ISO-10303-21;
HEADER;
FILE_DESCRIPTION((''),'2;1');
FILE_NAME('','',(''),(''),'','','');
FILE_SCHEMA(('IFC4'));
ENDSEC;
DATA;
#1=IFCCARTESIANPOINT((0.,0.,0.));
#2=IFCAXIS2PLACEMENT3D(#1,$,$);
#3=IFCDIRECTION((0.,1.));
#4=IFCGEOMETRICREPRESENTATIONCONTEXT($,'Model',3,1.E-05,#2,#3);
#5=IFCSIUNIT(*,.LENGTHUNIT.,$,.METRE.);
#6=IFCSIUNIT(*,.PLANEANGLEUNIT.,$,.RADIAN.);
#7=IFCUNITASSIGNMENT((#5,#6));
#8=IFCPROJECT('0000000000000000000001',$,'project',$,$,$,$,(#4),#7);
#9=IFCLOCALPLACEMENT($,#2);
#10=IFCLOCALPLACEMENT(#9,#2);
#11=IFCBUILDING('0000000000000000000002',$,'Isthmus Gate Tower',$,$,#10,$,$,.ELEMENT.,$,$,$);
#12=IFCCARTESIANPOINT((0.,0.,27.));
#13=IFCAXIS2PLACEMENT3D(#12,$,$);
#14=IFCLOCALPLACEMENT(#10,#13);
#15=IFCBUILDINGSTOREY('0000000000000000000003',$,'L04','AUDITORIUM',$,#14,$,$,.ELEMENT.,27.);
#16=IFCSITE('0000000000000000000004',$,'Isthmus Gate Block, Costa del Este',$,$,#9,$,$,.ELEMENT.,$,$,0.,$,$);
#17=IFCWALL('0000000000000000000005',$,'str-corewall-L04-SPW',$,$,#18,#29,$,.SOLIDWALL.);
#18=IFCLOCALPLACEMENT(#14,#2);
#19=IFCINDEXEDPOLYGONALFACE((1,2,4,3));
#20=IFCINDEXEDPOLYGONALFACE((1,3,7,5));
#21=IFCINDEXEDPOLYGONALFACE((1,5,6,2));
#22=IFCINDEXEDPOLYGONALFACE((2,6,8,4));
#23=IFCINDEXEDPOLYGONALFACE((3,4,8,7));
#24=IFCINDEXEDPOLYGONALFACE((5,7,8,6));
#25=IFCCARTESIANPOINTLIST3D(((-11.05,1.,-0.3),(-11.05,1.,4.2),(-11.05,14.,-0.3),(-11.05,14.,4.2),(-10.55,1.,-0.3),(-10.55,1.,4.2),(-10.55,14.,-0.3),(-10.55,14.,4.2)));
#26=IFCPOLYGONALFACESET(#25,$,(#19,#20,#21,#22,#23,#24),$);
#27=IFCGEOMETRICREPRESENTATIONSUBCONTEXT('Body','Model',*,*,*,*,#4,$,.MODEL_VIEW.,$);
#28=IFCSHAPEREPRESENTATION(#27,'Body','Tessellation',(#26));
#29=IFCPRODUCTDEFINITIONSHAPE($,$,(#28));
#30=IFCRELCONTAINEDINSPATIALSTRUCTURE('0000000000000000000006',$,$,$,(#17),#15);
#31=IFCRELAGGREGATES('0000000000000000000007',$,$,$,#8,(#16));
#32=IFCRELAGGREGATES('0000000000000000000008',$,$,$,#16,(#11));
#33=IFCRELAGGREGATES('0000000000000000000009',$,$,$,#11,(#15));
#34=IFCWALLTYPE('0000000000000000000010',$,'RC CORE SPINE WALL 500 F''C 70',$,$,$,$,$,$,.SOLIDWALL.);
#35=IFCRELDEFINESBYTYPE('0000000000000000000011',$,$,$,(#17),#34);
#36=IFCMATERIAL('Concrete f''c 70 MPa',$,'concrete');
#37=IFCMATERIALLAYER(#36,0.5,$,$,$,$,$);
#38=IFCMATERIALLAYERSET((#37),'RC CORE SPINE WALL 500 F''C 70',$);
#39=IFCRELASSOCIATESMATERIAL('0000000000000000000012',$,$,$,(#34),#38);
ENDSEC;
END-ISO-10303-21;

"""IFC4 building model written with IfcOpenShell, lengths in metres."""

from ifc_helpers import new_model, si_unit, direction, frame, frame_2d, origin, place, context, subcontext, project, spatial, rectangle, extrude, material, layer, layer_set, type_object, element, save


model = new_model("IFC4")

# Units and contexts
model_context = context("Model", 3, precision=1e-05, world=origin(), true_north=direction((0.0, 1.0)))
body_context = subcontext(model_context, "Body", "Model", "MODEL_VIEW")
ifc_project = project(units=[si_unit("LENGTHUNIT", "METRE"), si_unit("PLANEANGLEUNIT", "RADIAN")], contexts=[model_context])

# Site, building, storey
site_placement = place(None, origin())
site = spatial("IfcSite", under=ifc_project, at=site_placement, Name="Isthmus Gate Block, Costa del Este", CompositionType="ELEMENT", RefElevation=0.0)
building_placement = place(site_placement, origin())
building = spatial("IfcBuilding", under=site, at=building_placement, Name="Isthmus Gate Tower", CompositionType="ELEMENT")
storey_placement = place(building_placement, frame((0.0, 0.0, 27.0)))
storey = spatial("IfcBuildingStorey", under=building, at=storey_placement, Name="L04", Description="AUDITORIUM", CompositionType="ELEMENT", Elevation=27.0)

# Wall
ifc_material_1 = material(Name="Concrete f'c 70 MPa", Category="concrete")
ifc_layer_1 = layer(ifc_material_1, 0.5)
ifc_layer_set_1 = layer_set([ifc_layer_1], Name="RC CORE SPINE WALL 500 F'C 70")
wall_type_1 = type_object("IfcWallType", Name="RC CORE SPINE WALL 500 F'C 70", PredefinedType="SOLIDWALL", material=ifc_layer_set_1)
wall_1_placement = place(storey_placement, frame((-10.8, 1.0, -0.3), z_axis=(0.0, 0.0, 1.0), x_axis=(0.0, 1.0, 0.0)))
element("IfcWall", 1, at=wall_1_placement, inside=storey, type_object=wall_type_1, Name="str-corewall-L04-SPW", PredefinedType="SOLIDWALL", context=body_context, shape_type="SweptSolid", body=[
    extrude(rectangle(XDim=13.0, YDim=0.5, at=frame_2d((6.5, 0.0))), origin(), (0.0, 0.0, 1.0), 4.5),
])

save(model, "model.ifc")
